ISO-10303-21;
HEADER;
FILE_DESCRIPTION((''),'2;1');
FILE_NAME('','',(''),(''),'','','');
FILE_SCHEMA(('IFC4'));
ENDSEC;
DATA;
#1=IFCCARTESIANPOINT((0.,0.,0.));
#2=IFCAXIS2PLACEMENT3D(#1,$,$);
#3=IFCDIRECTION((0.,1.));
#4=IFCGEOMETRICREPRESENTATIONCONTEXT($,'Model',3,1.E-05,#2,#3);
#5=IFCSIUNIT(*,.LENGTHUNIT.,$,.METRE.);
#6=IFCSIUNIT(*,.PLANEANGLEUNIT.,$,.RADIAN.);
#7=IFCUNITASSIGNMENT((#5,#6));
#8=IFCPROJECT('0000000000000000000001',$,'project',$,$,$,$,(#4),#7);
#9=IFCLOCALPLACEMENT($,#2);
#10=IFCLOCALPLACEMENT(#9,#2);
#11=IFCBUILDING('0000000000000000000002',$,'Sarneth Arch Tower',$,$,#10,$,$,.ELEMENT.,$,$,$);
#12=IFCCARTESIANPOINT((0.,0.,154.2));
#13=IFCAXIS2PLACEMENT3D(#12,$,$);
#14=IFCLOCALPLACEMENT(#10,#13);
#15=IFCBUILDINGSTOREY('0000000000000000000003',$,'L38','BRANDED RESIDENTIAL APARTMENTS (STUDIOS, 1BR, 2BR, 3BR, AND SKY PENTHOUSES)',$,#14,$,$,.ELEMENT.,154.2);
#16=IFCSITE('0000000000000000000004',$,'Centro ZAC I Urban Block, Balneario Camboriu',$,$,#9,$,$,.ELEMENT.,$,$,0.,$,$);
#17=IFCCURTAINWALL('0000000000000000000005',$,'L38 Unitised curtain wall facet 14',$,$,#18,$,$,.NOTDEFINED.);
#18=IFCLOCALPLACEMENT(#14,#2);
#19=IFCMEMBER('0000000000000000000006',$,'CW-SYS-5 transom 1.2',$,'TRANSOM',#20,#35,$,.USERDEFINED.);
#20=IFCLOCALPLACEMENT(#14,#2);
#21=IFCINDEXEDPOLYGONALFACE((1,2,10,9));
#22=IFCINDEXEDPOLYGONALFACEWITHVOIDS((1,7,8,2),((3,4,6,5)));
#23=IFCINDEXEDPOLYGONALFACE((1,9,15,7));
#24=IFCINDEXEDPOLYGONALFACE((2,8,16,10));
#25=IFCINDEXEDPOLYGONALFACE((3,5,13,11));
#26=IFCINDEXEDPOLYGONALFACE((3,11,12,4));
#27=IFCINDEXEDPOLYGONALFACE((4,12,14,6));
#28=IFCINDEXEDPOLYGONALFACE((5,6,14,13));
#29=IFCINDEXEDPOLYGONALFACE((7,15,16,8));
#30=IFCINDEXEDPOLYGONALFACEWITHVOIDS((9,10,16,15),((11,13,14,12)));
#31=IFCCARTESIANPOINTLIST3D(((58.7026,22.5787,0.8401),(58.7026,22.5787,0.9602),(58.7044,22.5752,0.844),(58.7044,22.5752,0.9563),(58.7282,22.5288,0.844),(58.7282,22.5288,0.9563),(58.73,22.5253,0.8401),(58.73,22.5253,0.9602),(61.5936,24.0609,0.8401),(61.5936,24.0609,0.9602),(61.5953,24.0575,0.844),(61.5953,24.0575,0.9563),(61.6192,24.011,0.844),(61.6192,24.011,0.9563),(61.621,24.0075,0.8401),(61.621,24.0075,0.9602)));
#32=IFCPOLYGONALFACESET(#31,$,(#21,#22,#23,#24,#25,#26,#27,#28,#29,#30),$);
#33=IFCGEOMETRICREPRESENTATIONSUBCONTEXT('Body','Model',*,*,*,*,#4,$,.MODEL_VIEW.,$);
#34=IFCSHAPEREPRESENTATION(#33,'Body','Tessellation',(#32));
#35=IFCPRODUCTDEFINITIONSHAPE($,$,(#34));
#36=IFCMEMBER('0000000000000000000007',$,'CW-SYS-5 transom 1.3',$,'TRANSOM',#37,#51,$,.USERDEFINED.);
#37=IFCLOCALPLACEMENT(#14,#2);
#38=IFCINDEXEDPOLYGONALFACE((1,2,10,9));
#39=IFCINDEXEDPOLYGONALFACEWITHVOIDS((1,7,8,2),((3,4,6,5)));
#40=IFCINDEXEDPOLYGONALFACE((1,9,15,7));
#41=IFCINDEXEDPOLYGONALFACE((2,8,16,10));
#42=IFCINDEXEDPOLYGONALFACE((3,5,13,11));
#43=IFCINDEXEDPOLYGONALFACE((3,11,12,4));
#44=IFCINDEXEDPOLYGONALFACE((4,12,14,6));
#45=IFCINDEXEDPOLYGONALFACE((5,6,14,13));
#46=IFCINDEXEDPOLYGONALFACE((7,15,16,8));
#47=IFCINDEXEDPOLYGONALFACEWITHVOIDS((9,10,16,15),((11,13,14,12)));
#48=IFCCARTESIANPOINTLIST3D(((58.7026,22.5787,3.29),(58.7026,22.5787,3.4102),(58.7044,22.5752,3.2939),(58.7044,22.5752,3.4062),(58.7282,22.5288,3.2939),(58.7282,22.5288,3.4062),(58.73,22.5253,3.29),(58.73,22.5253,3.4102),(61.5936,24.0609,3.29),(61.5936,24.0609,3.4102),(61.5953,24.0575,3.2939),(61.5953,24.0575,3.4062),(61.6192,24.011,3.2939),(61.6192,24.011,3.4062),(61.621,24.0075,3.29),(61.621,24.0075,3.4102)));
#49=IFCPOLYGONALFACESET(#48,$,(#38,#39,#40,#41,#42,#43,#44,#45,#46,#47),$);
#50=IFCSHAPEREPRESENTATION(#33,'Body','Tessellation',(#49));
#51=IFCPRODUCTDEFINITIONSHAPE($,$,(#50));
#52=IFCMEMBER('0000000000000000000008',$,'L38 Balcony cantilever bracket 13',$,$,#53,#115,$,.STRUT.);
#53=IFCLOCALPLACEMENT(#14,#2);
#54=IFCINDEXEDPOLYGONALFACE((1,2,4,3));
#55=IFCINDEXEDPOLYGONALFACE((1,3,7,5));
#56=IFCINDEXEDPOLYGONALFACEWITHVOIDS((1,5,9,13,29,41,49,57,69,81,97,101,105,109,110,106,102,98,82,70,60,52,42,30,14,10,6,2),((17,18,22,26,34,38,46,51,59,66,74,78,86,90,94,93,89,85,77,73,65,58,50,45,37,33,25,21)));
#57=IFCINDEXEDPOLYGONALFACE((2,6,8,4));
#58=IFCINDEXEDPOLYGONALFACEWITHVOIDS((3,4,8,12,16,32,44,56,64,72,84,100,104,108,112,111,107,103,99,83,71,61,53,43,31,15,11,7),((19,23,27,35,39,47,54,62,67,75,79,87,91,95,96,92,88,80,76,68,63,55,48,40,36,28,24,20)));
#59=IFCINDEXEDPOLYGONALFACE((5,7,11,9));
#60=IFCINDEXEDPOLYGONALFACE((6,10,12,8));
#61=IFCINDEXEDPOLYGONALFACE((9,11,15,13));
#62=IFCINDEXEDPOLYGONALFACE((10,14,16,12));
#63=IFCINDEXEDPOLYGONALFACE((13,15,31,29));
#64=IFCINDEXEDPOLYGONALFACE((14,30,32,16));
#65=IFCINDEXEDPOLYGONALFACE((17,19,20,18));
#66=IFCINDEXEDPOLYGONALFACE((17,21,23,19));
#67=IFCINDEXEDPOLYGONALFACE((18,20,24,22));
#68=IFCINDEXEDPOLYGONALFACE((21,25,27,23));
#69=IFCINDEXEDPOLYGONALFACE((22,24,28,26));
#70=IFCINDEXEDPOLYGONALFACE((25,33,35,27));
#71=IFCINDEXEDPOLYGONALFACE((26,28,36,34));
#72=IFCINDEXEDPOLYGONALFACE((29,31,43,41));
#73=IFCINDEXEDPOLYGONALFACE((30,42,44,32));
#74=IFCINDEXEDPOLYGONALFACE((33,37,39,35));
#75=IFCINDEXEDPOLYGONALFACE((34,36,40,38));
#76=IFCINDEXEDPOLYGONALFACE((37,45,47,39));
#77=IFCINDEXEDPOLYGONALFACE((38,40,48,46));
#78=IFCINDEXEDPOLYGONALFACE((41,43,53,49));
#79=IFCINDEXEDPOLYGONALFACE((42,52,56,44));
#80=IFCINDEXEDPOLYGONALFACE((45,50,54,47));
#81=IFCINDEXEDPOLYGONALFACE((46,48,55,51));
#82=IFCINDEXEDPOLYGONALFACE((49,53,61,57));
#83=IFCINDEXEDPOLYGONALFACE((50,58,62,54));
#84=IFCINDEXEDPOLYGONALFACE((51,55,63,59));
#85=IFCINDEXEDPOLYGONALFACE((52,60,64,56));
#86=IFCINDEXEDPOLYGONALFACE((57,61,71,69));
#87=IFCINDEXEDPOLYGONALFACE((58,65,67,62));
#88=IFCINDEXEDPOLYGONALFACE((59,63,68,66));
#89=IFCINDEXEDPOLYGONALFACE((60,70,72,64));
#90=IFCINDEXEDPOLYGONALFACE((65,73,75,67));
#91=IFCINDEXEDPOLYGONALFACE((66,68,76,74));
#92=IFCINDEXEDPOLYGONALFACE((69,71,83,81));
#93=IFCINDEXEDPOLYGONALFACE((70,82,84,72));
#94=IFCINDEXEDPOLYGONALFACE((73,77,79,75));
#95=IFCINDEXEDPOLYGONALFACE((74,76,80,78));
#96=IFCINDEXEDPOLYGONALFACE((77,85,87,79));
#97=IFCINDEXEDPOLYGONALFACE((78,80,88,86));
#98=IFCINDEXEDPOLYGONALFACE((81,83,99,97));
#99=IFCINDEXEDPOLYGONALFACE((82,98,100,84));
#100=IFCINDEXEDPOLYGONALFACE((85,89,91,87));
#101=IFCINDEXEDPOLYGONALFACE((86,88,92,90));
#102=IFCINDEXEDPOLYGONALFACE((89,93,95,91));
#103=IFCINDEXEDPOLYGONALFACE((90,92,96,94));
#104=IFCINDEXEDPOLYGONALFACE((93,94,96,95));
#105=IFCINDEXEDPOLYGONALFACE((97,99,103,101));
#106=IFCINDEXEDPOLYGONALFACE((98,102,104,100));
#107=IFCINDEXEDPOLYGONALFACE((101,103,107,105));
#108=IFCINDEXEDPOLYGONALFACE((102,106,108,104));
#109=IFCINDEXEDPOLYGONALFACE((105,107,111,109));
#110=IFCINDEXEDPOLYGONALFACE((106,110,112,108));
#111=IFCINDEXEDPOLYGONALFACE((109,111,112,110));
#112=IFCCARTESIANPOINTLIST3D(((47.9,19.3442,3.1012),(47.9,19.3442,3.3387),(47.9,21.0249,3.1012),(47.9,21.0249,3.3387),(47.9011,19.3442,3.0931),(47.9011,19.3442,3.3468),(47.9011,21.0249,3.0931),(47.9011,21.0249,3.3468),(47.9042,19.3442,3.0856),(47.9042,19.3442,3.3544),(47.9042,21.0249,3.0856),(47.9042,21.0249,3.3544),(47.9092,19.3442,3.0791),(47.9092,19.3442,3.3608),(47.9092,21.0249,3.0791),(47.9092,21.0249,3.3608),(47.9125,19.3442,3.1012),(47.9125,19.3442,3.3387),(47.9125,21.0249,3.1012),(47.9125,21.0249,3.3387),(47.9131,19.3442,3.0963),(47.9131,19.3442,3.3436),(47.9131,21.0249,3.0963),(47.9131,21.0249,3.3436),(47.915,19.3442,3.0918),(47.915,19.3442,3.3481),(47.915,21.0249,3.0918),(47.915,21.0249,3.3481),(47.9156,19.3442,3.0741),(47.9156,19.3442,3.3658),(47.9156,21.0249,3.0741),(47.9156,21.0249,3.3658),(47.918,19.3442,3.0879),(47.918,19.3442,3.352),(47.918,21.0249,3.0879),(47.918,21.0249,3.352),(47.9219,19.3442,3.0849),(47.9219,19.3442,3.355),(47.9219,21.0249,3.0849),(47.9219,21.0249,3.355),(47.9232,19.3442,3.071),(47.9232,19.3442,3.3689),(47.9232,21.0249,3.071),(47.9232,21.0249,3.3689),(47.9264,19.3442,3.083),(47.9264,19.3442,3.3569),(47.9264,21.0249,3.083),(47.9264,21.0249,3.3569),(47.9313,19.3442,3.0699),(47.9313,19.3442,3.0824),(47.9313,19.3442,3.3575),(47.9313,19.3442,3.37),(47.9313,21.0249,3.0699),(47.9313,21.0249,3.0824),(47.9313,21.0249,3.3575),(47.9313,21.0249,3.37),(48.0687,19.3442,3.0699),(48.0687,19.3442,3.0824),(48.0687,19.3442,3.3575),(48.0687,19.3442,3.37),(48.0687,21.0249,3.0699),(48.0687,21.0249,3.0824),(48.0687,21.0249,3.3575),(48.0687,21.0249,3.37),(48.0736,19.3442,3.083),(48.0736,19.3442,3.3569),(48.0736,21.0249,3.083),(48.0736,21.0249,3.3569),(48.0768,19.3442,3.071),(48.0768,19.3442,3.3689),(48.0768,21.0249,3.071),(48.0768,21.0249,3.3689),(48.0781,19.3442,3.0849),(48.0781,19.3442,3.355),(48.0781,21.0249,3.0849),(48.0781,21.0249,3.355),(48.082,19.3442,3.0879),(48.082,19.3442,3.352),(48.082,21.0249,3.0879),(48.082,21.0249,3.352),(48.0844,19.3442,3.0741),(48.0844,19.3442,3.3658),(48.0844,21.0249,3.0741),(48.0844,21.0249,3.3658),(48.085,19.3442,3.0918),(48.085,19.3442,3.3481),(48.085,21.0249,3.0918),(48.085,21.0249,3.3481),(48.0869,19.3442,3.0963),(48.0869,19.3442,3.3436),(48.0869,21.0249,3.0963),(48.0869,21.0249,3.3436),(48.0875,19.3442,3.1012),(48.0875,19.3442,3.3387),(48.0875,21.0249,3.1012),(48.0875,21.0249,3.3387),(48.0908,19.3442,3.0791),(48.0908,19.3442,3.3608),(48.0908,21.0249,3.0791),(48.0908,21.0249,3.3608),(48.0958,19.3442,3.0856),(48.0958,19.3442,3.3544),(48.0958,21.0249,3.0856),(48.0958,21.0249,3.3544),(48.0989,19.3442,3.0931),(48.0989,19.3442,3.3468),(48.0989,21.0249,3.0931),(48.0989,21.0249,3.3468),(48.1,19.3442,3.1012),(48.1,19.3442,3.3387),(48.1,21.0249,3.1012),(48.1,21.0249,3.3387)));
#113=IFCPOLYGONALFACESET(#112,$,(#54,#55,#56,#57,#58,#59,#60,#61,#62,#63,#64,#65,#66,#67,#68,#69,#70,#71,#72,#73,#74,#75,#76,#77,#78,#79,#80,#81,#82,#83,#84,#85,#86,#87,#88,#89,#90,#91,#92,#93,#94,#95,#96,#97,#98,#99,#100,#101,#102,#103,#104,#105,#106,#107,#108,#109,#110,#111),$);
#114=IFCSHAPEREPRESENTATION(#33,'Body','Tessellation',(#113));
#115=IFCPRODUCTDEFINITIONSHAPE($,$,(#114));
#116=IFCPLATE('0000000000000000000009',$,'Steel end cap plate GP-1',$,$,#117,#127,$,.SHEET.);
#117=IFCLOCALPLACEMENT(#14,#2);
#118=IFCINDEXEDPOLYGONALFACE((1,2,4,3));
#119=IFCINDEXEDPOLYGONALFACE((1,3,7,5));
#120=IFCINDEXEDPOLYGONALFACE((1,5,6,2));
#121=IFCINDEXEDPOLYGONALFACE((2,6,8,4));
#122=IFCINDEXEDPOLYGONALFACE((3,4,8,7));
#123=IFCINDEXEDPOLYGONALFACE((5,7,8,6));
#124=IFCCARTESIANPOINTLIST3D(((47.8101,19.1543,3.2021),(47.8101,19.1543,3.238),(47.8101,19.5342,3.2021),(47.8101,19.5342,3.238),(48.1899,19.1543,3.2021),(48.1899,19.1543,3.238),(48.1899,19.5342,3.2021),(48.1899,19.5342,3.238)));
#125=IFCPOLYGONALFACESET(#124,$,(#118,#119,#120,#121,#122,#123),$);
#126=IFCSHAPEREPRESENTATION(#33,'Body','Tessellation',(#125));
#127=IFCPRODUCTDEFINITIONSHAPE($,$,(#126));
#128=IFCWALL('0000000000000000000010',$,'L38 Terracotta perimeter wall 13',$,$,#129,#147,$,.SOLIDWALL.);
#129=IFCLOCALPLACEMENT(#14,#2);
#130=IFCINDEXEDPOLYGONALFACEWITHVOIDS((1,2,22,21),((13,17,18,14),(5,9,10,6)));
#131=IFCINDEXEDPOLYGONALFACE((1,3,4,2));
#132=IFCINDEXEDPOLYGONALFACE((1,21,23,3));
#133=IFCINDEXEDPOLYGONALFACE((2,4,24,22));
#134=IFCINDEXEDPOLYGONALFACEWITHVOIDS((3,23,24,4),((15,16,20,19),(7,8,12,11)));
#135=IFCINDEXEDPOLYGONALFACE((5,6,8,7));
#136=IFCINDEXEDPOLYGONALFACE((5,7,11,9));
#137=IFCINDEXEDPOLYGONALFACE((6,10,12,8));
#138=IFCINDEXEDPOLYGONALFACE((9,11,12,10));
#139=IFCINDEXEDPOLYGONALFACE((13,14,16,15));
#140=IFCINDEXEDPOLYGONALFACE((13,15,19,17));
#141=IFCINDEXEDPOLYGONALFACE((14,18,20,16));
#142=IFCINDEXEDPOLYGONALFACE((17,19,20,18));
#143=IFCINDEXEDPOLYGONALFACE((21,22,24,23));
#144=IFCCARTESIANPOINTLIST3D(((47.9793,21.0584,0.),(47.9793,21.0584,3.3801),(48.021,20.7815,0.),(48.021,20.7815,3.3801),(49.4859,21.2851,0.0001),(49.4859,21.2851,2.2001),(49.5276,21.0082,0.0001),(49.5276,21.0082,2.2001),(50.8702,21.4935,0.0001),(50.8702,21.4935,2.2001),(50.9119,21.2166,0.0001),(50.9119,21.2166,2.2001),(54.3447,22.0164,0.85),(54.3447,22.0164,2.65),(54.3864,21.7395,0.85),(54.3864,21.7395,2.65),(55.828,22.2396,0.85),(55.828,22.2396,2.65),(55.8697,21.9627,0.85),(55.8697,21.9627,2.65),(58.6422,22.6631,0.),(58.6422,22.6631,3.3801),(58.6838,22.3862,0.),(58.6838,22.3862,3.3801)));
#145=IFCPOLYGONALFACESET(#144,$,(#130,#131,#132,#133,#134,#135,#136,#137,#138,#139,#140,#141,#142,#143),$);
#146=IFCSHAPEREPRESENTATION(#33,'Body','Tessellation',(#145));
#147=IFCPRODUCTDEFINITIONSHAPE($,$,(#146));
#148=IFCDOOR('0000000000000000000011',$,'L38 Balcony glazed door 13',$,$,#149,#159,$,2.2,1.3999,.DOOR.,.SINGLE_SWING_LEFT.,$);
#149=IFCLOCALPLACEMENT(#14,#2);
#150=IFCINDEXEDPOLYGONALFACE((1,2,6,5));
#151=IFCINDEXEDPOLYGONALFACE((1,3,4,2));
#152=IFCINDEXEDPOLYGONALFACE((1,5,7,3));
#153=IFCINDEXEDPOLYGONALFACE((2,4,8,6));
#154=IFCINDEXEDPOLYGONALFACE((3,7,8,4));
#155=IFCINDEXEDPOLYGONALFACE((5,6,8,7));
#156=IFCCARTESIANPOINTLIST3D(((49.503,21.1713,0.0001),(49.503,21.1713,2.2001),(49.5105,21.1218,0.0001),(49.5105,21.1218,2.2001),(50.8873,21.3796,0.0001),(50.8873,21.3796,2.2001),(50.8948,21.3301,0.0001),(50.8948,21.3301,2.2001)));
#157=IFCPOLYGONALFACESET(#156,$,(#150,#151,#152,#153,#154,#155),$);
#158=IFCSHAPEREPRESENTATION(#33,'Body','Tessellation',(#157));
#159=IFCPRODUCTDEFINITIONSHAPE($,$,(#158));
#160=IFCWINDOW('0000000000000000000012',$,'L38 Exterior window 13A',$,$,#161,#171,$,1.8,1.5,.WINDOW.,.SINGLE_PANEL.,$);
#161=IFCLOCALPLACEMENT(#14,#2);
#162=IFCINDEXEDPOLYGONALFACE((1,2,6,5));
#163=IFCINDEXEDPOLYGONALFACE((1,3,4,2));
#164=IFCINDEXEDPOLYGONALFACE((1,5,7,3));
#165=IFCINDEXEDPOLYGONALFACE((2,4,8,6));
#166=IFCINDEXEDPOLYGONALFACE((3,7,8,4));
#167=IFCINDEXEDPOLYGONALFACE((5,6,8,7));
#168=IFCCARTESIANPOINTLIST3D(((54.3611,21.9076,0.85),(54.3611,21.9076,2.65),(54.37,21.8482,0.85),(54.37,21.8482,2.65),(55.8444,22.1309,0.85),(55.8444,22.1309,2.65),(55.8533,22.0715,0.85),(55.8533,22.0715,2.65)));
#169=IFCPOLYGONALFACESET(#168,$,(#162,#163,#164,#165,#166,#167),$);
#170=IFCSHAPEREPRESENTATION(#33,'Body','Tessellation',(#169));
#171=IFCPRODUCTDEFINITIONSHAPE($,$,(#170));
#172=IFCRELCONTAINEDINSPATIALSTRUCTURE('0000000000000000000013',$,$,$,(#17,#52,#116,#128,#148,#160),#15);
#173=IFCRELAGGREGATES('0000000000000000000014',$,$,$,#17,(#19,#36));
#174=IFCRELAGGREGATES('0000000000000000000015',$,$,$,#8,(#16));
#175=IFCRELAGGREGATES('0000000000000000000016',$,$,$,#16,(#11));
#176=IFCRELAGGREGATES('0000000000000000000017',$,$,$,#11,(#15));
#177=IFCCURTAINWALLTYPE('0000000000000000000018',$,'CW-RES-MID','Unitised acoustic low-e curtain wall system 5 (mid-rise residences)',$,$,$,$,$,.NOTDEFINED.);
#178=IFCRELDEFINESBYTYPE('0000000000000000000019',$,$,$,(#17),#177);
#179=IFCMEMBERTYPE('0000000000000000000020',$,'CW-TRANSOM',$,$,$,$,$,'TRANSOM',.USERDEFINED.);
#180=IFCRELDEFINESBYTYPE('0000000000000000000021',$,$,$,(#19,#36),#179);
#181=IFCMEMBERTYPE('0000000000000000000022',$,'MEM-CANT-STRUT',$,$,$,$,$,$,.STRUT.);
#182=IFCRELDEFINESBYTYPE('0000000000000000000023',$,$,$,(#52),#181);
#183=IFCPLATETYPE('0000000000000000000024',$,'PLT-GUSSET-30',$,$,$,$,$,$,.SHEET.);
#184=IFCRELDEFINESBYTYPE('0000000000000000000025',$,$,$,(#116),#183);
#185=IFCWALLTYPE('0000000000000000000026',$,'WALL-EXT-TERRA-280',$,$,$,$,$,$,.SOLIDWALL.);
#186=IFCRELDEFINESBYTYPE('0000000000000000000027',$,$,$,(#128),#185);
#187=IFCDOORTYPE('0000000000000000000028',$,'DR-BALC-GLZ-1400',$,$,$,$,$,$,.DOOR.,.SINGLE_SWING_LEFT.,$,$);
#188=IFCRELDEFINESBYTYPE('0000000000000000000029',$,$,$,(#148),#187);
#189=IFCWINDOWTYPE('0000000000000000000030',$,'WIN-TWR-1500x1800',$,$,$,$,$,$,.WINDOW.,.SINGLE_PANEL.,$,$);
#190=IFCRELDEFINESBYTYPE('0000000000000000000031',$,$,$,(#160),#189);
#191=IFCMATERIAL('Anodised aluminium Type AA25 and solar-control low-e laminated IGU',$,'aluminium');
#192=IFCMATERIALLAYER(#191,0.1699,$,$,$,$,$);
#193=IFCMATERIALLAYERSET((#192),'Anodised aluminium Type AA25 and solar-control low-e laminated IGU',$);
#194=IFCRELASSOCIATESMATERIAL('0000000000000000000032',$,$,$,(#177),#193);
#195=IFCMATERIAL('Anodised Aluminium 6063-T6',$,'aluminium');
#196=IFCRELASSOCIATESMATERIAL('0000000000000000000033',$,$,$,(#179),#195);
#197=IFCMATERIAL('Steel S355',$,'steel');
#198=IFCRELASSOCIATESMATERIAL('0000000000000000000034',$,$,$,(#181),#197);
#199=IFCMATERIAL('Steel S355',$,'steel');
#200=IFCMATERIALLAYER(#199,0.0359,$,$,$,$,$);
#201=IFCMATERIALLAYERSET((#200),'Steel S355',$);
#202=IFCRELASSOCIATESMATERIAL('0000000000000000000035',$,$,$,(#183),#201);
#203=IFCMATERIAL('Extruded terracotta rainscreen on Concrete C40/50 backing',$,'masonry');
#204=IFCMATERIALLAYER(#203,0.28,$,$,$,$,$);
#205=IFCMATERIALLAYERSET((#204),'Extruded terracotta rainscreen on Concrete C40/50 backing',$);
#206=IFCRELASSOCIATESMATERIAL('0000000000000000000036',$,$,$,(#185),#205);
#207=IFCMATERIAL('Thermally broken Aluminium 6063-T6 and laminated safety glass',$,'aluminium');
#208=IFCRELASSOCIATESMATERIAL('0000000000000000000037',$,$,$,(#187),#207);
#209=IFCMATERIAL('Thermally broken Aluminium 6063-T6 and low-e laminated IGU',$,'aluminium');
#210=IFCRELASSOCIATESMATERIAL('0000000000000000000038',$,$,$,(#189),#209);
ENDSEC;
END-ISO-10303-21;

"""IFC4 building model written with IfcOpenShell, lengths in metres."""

from ifc_helpers import new_model, si_unit, direction, frame, frame_2d, origin, origin_2d, place, context, subcontext, project, spatial, rectangle, hollow_rectangle, extrude, material, layer, layer_set, material_profile, profile_set, type_object, element, fill, aggregate, save


model = new_model("IFC4")

# Units and contexts
model_context = context("Model", 3, precision=1e-05, world=origin(), true_north=direction((0.0, 1.0)))
body_context = subcontext(model_context, "Body", "Model", "MODEL_VIEW")
ifc_project = project(units=[si_unit("LENGTHUNIT", "METRE"), si_unit("PLANEANGLEUNIT", "RADIAN")], contexts=[model_context])

# Site, building, storey
site_placement = place(None, origin())
site = spatial("IfcSite", under=ifc_project, at=site_placement, Name="Centro ZAC I Urban Block, Balneario Camboriu", CompositionType="ELEMENT", RefElevation=0.0)
building_placement = place(site_placement, origin())
building = spatial("IfcBuilding", under=site, at=building_placement, Name="Sarneth Arch Tower", CompositionType="ELEMENT")
storey_placement = place(building_placement, frame((0.0, 0.0, 154.2)))
storey = spatial("IfcBuildingStorey", under=building, at=storey_placement, Name="L38", Description="BRANDED RESIDENTIAL APARTMENTS (STUDIOS, 1BR, 2BR, 3BR, AND SKY PENTHOUSES)", CompositionType="ELEMENT", Elevation=154.2)

# Curtain wall, members
ifc_material_1 = material(Name="Anodised aluminium Type AA25 and solar-control low-e laminated IGU", Category="aluminium")
ifc_layer_1 = layer(ifc_material_1, 0.1699)
ifc_layer_set_1 = layer_set([ifc_layer_1], Name="Anodised aluminium Type AA25 and solar-control low-e laminated IGU")
curtain_wall_type = type_object("IfcCurtainWallType", Name="CW-RES-MID", Description="Unitised acoustic low-e curtain wall system 5 (mid-rise residences)", PredefinedType="NOTDEFINED", material=ifc_layer_set_1)
curtain_wall_placement = place(storey_placement, origin())
curtain_wall = element("IfcCurtainWall", 1, at=curtain_wall_placement, inside=storey, type_object=curtain_wall_type, Name="L38 Unitised curtain wall facet 14", PredefinedType="NOTDEFINED")
ifc_material_2 = material(Name="Anodised Aluminium 6063-T6", Category="aluminium")
ifc_material_profile_1 = material_profile(ifc_material_2, hollow_rectangle(XDim=0.0601, YDim=0.1201, WallThickness=0.0039, at=origin_2d()), Name="AL-TRAN-120x60x4")
ifc_profile_set_1 = profile_set([ifc_material_profile_1], Name="Anodised Aluminium 6063-T6")
member_type_1 = type_object("IfcMemberType", Name="CW-TRANSOM", ElementType="TRANSOM", PredefinedType="USERDEFINED", material=ifc_profile_set_1)
member_1_placement = place(storey_placement, frame((58.7163, 22.552, 0.9001), z_axis=(0.889857, 0.456239, 0.0), x_axis=(-0.456239, 0.889857, 0.0)))
member_1 = element("IfcMember", 2, at=member_1_placement, type_object=member_type_1, Name="CW-SYS-5 transom 1.2", ObjectType="TRANSOM", PredefinedType="USERDEFINED", context=body_context, shape_type="SweptSolid", body=[
    extrude(hollow_rectangle(XDim=0.0601, YDim=0.1201, WallThickness=0.0039, at=origin_2d()), origin(), (0.0, 0.0, 1.0), 3.2488),
])
member_2_placement = place(storey_placement, frame((58.7163, 22.552, 3.3501), z_axis=(0.889857, 0.456239, 0.0), x_axis=(-0.456239, 0.889857, 0.0)))
member_2 = element("IfcMember", 3, at=member_2_placement, type_object=member_type_1, Name="CW-SYS-5 transom 1.3", ObjectType="TRANSOM", PredefinedType="USERDEFINED", context=body_context, shape_type="SweptSolid", body=[
    extrude(hollow_rectangle(XDim=0.0601, YDim=0.1201, WallThickness=0.0039, at=origin_2d()), origin(), (0.0, 0.0, 1.0), 3.2488),
])
aggregate(curtain_wall, [member_1, member_2])

# Member
ifc_material_3 = material(Name="Steel S355", Category="steel")
ifc_material_profile_2 = material_profile(ifc_material_3, hollow_rectangle(XDim=0.2, YDim=0.3, WallThickness=0.0125, InnerFilletRadius=0.0188, OuterFilletRadius=0.0312, at=origin_2d()), Name="RHS300x200x12.5")
ifc_profile_set_2 = profile_set([ifc_material_profile_2], Name="Steel S355")
member_type_2 = type_object("IfcMemberType", Name="MEM-CANT-STRUT", PredefinedType="STRUT", material=ifc_profile_set_2)
member_3_placement = place(storey_placement, frame((48.0, 21.0249, 3.22), z_axis=(0.0, -1.0, 0.0), x_axis=(1.0, 0.0, 0.0)))
element("IfcMember", 4, at=member_3_placement, inside=storey, type_object=member_type_2, Name="L38 Balcony cantilever bracket 13", PredefinedType="STRUT", context=body_context, shape_type="SweptSolid", body=[
    extrude(hollow_rectangle(XDim=0.2, YDim=0.3, WallThickness=0.0125, InnerFilletRadius=0.0188, OuterFilletRadius=0.0312, at=origin_2d()), origin(), (0.0, 0.0, 1.0), 1.6807),
])

# Plate
ifc_material_4 = material(Name="Steel S355", Category="steel")
ifc_layer_2 = layer(ifc_material_4, 0.0359)
ifc_layer_set_2 = layer_set([ifc_layer_2], Name="Steel S355")
plate_type = type_object("IfcPlateType", Name="PLT-GUSSET-30", PredefinedType="SHEET", material=ifc_layer_set_2)
plate_placement = place(storey_placement, frame((48.0, 19.3442, 3.2021), z_axis=(0.0, 0.0, 1.0), x_axis=(0.0, -1.0, 0.0)))
element("IfcPlate", 5, at=plate_placement, inside=storey, type_object=plate_type, Name="Steel end cap plate GP-1", PredefinedType="SHEET", context=body_context, shape_type="SweptSolid", body=[
    extrude(rectangle(XDim=0.3799, YDim=0.3799, at=origin_2d()), origin(), (0.0, 0.0, 1.0), 0.0359),
])

# Wall, openings, door, window
ifc_material_5 = material(Name="Extruded terracotta rainscreen on Concrete C40/50 backing", Category="masonry")
ifc_layer_3 = layer(ifc_material_5, 0.28)
ifc_layer_set_3 = layer_set([ifc_layer_3], Name="Extruded terracotta rainscreen on Concrete C40/50 backing")
wall_type_1 = type_object("IfcWallType", Name="WALL-EXT-TERRA-280", PredefinedType="SOLIDWALL", material=ifc_layer_set_3)
wall_1_placement = place(storey_placement, frame((48.0, 20.9199, 0.0), z_axis=(0.0, 0.0, 1.0), x_axis=(0.988864, 0.148822, 0.0)))
wall_1 = element("IfcWall", 6, at=wall_1_placement, inside=storey, type_object=wall_type_1, Name="L38 Terracotta perimeter wall 13", PredefinedType="SOLIDWALL", context=body_context, shape_type="SweptSolid", body=[
    extrude(rectangle(XDim=10.783, YDim=0.28, at=frame_2d((5.3916, 0.0))), origin(), (0.0, 0.0, 1.0), 3.3801),
])
opening_1_placement = place(wall_1_placement, frame((1.5237, 0.0, 0.0)))
opening_1 = element("IfcOpeningElement", 7, at=opening_1_placement, cuts=wall_1, PredefinedType="OPENING", context=body_context, shape_type="SweptSolid", body=[
    extrude(rectangle(XDim=1.3999, YDim=2.2, at=frame_2d((0.7, 1.1001))), frame((0.0, 0.1499, 0.0), z_axis=(0.0, -1.0, 0.0), x_axis=(1.0, 0.0, 0.0)), (0.0, 0.0, 1.0), 0.3),
])
opening_2_placement = place(wall_1_placement, frame((6.4373, 0.0, 0.8501)))
opening_2 = element("IfcOpeningElement", 8, at=opening_2_placement, cuts=wall_1, PredefinedType="OPENING", context=body_context, shape_type="SweptSolid", body=[
    extrude(rectangle(XDim=1.5, YDim=1.8, at=frame_2d((0.75, 0.8999))), frame((0.0, 0.1499, 0.0), z_axis=(0.0, -1.0, 0.0), x_axis=(1.0, 0.0, 0.0)), (0.0, 0.0, 1.0), 0.3),
])
ifc_material_6 = material(Name="Thermally broken Aluminium 6063-T6 and laminated safety glass", Category="aluminium")
door_type_1 = type_object("IfcDoorType", Name="DR-BALC-GLZ-1400", OperationType="SINGLE_SWING_LEFT", PredefinedType="DOOR", material=ifc_material_6)
door_1_placement = place(opening_1_placement, origin())
door_1 = element("IfcDoor", 9, at=door_1_placement, inside=storey, type_object=door_type_1, Name="L38 Balcony glazed door 13", OperationType="SINGLE_SWING_LEFT", OverallHeight=2.2, OverallWidth=1.3999, PredefinedType="DOOR", context=body_context, shape_type="SweptSolid", body=[
    extrude(rectangle(XDim=1.3999, YDim=2.2, at=frame_2d((0.7, 1.1001))), frame((0.0, 0.0249, 0.0), z_axis=(0.0, -1.0, 0.0), x_axis=(1.0, 0.0, 0.0)), (0.0, 0.0, 1.0), 0.05),
])
fill(opening_1, door_1)
ifc_material_7 = material(Name="Thermally broken Aluminium 6063-T6 and low-e laminated IGU", Category="aluminium")
window_type = type_object("IfcWindowType", Name="WIN-TWR-1500x1800", PartitioningType="SINGLE_PANEL", PredefinedType="WINDOW", material=ifc_material_7)
window_placement = place(opening_2_placement, origin())
window = element("IfcWindow", 10, at=window_placement, inside=storey, type_object=window_type, Name="L38 Exterior window 13A", OverallHeight=1.8, OverallWidth=1.5, PartitioningType="SINGLE_PANEL", PredefinedType="WINDOW", context=body_context, shape_type="SweptSolid", body=[
    extrude(rectangle(XDim=1.5, YDim=1.8, at=frame_2d((0.75, 0.8999))), frame((0.0, 0.03, 0.0), z_axis=(0.0, -1.0, 0.0), x_axis=(1.0, 0.0, 0.0)), (0.0, 0.0, 1.0), 0.0601),
])
fill(opening_2, window)

save(model, "model.ifc")
